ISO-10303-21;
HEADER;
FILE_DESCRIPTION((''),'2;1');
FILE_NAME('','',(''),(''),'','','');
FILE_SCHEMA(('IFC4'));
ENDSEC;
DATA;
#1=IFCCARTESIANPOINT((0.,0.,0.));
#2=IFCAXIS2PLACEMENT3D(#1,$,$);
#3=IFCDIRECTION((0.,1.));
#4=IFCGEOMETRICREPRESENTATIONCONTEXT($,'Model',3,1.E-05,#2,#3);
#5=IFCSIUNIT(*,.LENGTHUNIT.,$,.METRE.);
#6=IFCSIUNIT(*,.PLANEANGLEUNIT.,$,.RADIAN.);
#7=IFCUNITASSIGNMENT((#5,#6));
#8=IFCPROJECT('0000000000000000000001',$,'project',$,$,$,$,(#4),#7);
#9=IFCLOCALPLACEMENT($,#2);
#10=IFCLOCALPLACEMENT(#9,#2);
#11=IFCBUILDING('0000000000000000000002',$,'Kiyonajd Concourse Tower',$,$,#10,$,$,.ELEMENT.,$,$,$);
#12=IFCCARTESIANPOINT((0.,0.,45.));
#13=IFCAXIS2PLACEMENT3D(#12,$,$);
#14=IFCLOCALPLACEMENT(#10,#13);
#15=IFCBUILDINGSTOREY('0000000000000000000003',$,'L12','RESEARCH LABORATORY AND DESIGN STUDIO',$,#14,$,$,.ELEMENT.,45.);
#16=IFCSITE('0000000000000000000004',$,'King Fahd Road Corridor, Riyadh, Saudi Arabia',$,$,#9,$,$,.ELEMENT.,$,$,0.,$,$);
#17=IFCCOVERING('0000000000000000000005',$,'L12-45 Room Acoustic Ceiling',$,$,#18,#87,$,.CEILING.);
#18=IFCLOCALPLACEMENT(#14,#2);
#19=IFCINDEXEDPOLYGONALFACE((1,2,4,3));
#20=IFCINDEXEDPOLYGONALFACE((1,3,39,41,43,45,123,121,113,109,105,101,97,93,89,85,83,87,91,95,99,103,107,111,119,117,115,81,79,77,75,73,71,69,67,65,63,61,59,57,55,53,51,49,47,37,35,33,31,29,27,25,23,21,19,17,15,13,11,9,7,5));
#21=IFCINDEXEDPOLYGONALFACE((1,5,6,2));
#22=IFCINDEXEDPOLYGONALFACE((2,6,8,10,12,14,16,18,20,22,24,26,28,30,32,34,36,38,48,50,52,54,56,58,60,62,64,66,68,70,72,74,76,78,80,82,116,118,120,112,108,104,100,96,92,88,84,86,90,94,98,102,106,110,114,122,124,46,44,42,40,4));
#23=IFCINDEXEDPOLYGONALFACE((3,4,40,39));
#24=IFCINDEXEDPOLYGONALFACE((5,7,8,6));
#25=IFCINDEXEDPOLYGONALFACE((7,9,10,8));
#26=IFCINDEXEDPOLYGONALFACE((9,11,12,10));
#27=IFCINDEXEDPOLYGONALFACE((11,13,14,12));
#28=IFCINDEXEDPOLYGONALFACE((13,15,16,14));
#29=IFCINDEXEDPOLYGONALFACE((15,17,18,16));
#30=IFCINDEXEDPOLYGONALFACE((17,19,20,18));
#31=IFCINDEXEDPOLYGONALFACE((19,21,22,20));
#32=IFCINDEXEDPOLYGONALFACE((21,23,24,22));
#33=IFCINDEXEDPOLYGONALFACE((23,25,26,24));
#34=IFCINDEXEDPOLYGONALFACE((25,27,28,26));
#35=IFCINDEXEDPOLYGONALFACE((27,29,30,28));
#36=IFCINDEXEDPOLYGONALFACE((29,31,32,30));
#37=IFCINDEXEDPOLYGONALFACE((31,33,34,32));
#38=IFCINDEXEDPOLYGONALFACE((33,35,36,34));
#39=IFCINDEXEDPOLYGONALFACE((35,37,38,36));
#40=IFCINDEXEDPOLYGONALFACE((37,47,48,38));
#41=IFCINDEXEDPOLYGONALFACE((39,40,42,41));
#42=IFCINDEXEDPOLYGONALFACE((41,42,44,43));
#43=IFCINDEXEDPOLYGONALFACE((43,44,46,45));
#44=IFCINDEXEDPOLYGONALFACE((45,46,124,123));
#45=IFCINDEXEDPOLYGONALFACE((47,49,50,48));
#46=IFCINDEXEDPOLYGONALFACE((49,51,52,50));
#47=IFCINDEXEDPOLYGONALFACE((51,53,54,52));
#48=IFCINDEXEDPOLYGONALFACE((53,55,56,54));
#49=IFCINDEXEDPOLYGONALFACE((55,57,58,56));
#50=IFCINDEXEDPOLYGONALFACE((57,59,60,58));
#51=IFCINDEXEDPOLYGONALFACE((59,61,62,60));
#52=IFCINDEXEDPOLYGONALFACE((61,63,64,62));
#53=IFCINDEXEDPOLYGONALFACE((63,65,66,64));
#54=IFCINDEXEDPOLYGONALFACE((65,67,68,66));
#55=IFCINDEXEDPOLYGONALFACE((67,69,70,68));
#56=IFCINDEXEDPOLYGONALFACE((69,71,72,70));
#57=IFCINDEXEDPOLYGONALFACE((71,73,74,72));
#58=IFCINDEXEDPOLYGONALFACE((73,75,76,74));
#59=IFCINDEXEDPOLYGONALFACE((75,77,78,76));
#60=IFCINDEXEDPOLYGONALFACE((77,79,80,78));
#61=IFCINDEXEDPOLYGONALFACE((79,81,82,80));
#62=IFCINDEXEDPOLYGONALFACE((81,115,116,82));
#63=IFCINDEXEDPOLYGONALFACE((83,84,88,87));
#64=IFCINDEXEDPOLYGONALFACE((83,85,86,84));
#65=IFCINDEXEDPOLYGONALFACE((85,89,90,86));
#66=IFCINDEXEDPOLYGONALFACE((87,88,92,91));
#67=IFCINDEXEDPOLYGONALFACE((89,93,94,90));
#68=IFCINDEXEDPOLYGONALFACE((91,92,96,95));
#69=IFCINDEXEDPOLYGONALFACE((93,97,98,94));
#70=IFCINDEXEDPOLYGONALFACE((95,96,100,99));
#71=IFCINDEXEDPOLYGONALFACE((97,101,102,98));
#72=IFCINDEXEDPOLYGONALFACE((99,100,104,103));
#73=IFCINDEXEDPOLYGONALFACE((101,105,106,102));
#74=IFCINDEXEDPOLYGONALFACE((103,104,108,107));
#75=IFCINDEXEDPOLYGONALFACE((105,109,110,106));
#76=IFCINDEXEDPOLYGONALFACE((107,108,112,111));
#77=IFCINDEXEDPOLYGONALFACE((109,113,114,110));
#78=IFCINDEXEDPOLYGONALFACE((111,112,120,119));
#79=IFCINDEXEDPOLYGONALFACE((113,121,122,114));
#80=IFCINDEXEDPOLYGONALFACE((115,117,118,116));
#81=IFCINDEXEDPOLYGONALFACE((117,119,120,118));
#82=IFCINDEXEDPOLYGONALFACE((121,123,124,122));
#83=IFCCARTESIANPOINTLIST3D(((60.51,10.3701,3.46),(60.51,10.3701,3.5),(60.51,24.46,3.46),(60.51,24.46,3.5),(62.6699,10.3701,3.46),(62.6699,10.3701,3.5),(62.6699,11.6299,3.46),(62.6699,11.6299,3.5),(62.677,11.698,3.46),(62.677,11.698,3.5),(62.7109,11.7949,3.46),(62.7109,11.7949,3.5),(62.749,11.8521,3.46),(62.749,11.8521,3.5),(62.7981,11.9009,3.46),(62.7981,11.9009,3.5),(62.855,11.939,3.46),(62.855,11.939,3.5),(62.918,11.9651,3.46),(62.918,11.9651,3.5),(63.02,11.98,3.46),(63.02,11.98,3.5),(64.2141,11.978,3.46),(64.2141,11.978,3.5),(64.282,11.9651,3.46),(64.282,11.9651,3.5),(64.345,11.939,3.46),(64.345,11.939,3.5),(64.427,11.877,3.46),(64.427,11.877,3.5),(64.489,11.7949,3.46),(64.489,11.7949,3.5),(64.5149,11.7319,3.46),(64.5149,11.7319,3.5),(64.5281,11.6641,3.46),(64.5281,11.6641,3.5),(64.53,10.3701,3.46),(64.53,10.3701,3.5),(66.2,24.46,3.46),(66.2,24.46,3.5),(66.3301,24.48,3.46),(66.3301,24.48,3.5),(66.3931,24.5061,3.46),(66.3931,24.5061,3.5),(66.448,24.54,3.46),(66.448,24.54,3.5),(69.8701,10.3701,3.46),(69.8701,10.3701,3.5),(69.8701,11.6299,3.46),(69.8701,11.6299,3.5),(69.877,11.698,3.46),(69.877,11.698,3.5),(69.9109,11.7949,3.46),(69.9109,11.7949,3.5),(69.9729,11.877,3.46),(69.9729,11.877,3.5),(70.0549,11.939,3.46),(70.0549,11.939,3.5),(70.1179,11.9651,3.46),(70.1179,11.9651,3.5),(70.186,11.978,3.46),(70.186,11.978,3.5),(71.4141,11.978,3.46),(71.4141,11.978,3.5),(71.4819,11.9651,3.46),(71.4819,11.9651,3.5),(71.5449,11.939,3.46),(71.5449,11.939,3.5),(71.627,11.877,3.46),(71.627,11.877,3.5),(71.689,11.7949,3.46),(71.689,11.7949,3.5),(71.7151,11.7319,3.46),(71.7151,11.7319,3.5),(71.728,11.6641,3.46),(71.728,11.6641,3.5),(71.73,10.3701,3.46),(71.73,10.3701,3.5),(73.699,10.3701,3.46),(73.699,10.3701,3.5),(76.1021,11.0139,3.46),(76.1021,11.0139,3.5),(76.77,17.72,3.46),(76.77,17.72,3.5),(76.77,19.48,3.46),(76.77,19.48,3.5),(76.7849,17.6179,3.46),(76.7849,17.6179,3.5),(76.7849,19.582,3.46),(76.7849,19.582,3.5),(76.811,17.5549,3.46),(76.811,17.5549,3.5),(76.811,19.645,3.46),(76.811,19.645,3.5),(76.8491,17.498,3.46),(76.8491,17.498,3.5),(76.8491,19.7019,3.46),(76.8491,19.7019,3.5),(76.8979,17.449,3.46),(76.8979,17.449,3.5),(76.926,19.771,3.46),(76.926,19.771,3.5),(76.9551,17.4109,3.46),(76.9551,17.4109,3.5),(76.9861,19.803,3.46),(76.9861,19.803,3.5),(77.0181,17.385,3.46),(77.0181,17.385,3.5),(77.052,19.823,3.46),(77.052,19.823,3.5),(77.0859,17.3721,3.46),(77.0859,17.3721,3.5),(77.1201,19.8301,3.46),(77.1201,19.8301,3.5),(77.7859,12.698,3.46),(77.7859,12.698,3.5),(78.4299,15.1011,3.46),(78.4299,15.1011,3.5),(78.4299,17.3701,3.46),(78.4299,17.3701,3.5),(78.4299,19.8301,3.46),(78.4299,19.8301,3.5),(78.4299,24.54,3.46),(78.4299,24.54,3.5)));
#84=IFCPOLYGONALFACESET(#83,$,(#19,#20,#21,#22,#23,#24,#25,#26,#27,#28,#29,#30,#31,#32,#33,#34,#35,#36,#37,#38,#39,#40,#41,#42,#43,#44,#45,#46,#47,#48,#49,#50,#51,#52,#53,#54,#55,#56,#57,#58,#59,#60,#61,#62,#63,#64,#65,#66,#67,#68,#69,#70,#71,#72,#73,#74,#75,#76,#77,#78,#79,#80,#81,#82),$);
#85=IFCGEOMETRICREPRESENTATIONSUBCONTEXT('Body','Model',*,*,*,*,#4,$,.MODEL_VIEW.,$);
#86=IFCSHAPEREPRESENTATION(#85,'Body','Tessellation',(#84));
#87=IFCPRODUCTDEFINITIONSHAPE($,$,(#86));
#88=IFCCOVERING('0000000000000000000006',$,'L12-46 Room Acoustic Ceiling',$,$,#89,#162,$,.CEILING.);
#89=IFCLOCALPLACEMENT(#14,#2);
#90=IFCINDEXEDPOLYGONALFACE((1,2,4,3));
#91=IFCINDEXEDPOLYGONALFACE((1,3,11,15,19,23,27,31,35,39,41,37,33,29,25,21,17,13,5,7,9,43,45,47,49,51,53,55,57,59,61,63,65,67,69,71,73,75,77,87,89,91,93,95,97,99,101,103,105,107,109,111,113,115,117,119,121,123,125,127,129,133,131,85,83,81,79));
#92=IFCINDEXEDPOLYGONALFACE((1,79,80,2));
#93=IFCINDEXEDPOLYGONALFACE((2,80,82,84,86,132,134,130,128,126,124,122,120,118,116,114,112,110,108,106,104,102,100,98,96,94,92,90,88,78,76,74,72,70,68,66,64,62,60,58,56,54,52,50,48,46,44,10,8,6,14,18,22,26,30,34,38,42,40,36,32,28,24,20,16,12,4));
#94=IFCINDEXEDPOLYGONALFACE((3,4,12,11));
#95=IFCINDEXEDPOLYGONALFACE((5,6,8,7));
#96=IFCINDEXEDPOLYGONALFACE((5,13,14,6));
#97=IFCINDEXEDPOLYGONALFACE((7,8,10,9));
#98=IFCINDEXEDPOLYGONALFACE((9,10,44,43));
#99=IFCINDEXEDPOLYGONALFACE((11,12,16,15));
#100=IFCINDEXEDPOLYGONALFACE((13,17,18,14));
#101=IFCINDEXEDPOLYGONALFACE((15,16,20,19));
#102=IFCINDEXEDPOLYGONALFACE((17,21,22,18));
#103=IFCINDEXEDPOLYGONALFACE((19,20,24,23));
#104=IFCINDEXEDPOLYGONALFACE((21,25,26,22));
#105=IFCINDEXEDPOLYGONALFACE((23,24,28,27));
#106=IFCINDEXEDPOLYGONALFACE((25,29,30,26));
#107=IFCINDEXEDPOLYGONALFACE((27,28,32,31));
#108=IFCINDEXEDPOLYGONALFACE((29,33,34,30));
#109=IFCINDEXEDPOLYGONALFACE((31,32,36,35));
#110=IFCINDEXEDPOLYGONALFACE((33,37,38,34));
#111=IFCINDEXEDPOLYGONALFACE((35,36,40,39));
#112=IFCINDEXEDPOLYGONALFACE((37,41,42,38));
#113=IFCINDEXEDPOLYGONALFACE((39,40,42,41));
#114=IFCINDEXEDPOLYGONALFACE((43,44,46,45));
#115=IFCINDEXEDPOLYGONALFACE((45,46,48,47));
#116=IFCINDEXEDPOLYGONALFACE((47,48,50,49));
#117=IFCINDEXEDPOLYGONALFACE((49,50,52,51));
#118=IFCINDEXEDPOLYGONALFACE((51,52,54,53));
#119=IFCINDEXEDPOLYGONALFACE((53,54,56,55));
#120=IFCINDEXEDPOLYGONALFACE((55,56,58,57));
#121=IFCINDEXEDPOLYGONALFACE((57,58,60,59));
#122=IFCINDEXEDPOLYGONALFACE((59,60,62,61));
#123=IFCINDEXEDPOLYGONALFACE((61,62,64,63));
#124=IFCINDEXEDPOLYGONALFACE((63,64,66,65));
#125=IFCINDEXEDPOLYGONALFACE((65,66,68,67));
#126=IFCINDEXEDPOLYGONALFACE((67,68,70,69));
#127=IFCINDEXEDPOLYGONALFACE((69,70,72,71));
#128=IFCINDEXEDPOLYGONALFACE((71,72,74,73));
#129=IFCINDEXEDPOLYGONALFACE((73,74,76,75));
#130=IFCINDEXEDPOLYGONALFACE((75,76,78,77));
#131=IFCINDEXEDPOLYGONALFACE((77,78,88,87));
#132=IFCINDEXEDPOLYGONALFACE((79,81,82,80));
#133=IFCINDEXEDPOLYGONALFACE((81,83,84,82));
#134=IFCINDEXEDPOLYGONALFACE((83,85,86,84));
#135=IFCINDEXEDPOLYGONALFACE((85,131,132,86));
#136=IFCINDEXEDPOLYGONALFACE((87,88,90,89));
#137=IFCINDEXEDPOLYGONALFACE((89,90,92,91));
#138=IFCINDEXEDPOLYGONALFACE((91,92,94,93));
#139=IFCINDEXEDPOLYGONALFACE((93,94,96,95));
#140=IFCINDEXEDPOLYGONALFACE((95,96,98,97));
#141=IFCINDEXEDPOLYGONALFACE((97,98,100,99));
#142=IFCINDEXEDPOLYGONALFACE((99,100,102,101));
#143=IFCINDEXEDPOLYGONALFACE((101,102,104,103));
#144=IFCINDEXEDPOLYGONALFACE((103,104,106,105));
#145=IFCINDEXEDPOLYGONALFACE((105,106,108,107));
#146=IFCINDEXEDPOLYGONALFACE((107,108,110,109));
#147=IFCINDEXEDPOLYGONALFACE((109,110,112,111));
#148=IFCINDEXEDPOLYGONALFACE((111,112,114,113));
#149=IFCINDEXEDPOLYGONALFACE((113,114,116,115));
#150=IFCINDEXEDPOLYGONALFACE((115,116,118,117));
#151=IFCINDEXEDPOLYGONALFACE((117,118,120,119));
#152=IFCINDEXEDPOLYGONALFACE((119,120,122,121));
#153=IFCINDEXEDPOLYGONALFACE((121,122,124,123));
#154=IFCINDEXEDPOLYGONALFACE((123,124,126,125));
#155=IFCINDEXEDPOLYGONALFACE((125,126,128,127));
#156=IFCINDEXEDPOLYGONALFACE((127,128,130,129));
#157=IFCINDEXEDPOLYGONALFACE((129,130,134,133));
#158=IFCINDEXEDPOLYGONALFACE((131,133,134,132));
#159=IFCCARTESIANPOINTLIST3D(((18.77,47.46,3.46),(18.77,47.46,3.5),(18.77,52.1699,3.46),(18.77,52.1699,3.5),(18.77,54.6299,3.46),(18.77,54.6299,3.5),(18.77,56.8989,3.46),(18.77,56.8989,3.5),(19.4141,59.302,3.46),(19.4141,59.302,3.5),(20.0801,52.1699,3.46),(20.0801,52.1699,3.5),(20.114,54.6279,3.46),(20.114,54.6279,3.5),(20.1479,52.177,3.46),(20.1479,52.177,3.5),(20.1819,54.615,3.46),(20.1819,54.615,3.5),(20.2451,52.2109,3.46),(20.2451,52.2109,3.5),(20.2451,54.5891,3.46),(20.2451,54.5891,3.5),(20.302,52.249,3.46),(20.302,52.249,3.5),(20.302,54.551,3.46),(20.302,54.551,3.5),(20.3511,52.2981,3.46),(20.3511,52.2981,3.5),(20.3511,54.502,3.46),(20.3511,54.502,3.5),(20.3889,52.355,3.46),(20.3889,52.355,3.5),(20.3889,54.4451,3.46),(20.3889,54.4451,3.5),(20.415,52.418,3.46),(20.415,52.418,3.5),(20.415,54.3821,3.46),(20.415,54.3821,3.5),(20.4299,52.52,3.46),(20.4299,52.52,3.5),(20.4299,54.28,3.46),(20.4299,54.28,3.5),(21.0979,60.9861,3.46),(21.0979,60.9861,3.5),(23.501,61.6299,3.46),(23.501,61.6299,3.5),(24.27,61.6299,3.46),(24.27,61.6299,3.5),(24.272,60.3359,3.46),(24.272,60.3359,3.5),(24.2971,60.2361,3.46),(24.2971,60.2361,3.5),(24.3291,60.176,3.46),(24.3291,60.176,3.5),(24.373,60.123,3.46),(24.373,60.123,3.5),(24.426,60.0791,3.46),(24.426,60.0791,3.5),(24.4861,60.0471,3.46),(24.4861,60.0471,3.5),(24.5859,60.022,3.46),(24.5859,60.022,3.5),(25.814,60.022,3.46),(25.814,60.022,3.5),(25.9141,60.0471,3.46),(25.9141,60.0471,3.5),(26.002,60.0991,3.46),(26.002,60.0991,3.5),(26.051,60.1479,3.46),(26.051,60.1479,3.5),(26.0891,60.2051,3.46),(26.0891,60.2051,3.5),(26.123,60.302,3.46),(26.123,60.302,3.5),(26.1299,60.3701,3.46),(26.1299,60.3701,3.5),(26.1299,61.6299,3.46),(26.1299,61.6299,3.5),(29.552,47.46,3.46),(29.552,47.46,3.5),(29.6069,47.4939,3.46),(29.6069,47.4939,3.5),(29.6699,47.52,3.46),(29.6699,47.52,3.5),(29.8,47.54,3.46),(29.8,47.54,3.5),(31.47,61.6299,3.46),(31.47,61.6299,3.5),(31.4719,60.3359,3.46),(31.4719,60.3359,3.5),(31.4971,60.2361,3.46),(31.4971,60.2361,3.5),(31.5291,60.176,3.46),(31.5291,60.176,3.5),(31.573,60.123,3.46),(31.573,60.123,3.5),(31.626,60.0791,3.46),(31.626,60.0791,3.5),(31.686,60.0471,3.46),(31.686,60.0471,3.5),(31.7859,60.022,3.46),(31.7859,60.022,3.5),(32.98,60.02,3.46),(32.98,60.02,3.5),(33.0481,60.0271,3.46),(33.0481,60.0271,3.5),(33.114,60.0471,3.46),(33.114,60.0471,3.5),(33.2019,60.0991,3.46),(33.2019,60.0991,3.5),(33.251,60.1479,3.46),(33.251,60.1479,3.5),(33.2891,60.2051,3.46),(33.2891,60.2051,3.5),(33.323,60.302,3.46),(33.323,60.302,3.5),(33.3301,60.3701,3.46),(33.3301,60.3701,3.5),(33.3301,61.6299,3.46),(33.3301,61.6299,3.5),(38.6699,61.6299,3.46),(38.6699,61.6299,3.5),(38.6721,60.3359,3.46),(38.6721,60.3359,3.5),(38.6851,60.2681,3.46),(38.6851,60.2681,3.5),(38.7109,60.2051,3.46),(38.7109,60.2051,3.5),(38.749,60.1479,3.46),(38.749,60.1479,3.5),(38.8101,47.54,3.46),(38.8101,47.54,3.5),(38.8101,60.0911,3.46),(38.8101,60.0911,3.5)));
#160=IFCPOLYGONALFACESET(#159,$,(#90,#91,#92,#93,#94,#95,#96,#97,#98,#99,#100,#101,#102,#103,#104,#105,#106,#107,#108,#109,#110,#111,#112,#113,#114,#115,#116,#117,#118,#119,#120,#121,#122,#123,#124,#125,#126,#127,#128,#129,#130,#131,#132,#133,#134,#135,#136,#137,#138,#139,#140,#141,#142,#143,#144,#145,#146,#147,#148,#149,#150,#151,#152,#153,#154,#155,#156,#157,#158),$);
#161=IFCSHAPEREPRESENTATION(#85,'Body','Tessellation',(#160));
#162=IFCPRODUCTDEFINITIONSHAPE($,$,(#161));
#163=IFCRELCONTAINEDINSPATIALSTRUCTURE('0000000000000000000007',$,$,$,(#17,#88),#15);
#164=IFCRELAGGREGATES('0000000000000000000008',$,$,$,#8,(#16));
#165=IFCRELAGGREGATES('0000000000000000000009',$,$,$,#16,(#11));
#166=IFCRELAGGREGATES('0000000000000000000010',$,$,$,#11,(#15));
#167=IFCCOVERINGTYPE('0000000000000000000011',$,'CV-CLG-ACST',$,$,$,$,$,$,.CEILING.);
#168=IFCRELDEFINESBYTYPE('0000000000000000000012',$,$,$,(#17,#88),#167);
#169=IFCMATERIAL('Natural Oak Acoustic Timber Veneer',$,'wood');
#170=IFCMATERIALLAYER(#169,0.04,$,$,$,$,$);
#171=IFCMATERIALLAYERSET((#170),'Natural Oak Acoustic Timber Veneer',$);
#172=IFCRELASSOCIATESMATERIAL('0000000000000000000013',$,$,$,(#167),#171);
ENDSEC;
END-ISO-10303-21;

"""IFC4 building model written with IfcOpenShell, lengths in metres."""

from ifc_helpers import new_model, si_unit, direction, frame, origin, place, context, subcontext, project, spatial, polyline, outline, extrude, material, layer, layer_set, type_object, element, save


model = new_model("IFC4")

# Units and contexts
model_context = context("Model", 3, precision=1e-05, world=origin(), true_north=direction((0.0, 1.0)))
body_context = subcontext(model_context, "Body", "Model", "MODEL_VIEW")
ifc_project = project(units=[si_unit("LENGTHUNIT", "METRE"), si_unit("PLANEANGLEUNIT", "RADIAN")], contexts=[model_context])

# Site, building, storey
site_placement = place(None, origin())
site = spatial("IfcSite", under=ifc_project, at=site_placement, Name="King Fahd Road Corridor, Riyadh, Saudi Arabia", CompositionType="ELEMENT", RefElevation=0.0)
building_placement = place(site_placement, origin())
building = spatial("IfcBuilding", under=site, at=building_placement, Name="Kiyonajd Concourse Tower", CompositionType="ELEMENT")
storey_placement = place(building_placement, frame((0.0, 0.0, 45.0)))
storey = spatial("IfcBuildingStorey", under=building, at=storey_placement, Name="L12", Description="RESEARCH LABORATORY AND DESIGN STUDIO", CompositionType="ELEMENT", Elevation=45.0)

# Coverings
ifc_material_1 = material(Name="Natural Oak Acoustic Timber Veneer", Category="wood")
ifc_layer_1 = layer(ifc_material_1, 0.04)
ifc_layer_set_1 = layer_set([ifc_layer_1], Name="Natural Oak Acoustic Timber Veneer")
covering_type = type_object("IfcCoveringType", Name="CV-CLG-ACST", PredefinedType="CEILING", material=ifc_layer_set_1)
covering_1_placement = place(storey_placement, frame((0.0, 0.0, 3.46)))
element("IfcCovering", 1, at=covering_1_placement, inside=storey, type_object=covering_type, Name="L12-45 Room Acoustic Ceiling", PredefinedType="CEILING", context=body_context, shape_type="SweptSolid", body=[
    extrude(outline(polyline([(66.448, 24.54), (78.4299, 24.54), (78.4299, 19.8301), (77.1201, 19.8301), (77.052, 19.823), (76.9861, 19.803), (76.926, 19.771), (76.8491, 19.7019), (76.811, 19.645), (76.7849, 19.582), (76.77, 19.48), (76.77, 17.72), (76.7849, 17.6179), (76.811, 17.5549), (76.8491, 17.498), (76.8979, 17.449), (76.9551, 17.4109), (77.0181, 17.385), (77.0859, 17.3721), (78.4299, 17.3701), (78.4299, 15.1011), (77.7859, 12.698), (76.1021, 11.0139), (73.699, 10.3701), (71.73, 10.3701), (71.728, 11.6641), (71.7151, 11.7319), (71.689, 11.7949), (71.627, 11.877), (71.5449, 11.939), (71.4819, 11.9651), (71.4141, 11.978), (70.186, 11.978), (70.1179, 11.9651), (70.0549, 11.939), (69.9729, 11.877), (69.9109, 11.7949), (69.877, 11.698), (69.8701, 11.6299), (69.8701, 10.3701), (64.53, 10.3701), (64.5281, 11.6641), (64.5149, 11.7319), (64.489, 11.7949), (64.427, 11.877), (64.345, 11.939), (64.282, 11.9651), (64.2141, 11.978), (63.02, 11.98), (62.918, 11.9651), (62.855, 11.939), (62.7981, 11.9009), (62.749, 11.8521), (62.7109, 11.7949), (62.677, 11.698), (62.6699, 11.6299), (62.6699, 10.3701), (60.51, 10.3701), (60.51, 24.46), (66.2, 24.46), (66.3301, 24.48), (66.3931, 24.5061), (66.448, 24.54)])), origin(), (0.0, 0.0, 1.0), 0.04),
])
covering_2_placement = place(storey_placement, frame((0.0, 0.0, 3.46)))
element("IfcCovering", 2, at=covering_2_placement, inside=storey, type_object=covering_type, Name="L12-46 Room Acoustic Ceiling", PredefinedType="CEILING", context=body_context, shape_type="SweptSolid", body=[
    extrude(outline(polyline([(21.0979, 60.9861), (23.501, 61.6299), (24.27, 61.6299), (24.272, 60.3359), (24.2971, 60.2361), (24.3291, 60.176), (24.373, 60.123), (24.426, 60.0791), (24.4861, 60.0471), (24.5859, 60.022), (25.814, 60.022), (25.9141, 60.0471), (26.002, 60.0991), (26.051, 60.1479), (26.0891, 60.2051), (26.123, 60.302), (26.1299, 60.3701), (26.1299, 61.6299), (31.47, 61.6299), (31.4719, 60.3359), (31.4971, 60.2361), (31.5291, 60.176), (31.573, 60.123), (31.626, 60.0791), (31.686, 60.0471), (31.7859, 60.022), (32.98, 60.02), (33.0481, 60.0271), (33.114, 60.0471), (33.2019, 60.0991), (33.251, 60.1479), (33.2891, 60.2051), (33.323, 60.302), (33.3301, 60.3701), (33.3301, 61.6299), (38.6699, 61.6299), (38.6721, 60.3359), (38.6851, 60.2681), (38.7109, 60.2051), (38.749, 60.1479), (38.8101, 60.0911), (38.8101, 47.54), (29.8, 47.54), (29.6699, 47.52), (29.6069, 47.4939), (29.552, 47.46), (18.77, 47.46), (18.77, 52.1699), (20.0801, 52.1699), (20.1479, 52.177), (20.2451, 52.2109), (20.302, 52.249), (20.3511, 52.2981), (20.3889, 52.355), (20.415, 52.418), (20.4299, 52.52), (20.4299, 54.28), (20.415, 54.3821), (20.3889, 54.4451), (20.3511, 54.502), (20.302, 54.551), (20.2451, 54.5891), (20.1819, 54.615), (20.114, 54.6279), (18.77, 54.6299), (18.77, 56.8989), (19.4141, 59.302), (21.0979, 60.9861)])), origin(), (0.0, 0.0, 1.0), 0.04),
])

save(model, "model.ifc")
